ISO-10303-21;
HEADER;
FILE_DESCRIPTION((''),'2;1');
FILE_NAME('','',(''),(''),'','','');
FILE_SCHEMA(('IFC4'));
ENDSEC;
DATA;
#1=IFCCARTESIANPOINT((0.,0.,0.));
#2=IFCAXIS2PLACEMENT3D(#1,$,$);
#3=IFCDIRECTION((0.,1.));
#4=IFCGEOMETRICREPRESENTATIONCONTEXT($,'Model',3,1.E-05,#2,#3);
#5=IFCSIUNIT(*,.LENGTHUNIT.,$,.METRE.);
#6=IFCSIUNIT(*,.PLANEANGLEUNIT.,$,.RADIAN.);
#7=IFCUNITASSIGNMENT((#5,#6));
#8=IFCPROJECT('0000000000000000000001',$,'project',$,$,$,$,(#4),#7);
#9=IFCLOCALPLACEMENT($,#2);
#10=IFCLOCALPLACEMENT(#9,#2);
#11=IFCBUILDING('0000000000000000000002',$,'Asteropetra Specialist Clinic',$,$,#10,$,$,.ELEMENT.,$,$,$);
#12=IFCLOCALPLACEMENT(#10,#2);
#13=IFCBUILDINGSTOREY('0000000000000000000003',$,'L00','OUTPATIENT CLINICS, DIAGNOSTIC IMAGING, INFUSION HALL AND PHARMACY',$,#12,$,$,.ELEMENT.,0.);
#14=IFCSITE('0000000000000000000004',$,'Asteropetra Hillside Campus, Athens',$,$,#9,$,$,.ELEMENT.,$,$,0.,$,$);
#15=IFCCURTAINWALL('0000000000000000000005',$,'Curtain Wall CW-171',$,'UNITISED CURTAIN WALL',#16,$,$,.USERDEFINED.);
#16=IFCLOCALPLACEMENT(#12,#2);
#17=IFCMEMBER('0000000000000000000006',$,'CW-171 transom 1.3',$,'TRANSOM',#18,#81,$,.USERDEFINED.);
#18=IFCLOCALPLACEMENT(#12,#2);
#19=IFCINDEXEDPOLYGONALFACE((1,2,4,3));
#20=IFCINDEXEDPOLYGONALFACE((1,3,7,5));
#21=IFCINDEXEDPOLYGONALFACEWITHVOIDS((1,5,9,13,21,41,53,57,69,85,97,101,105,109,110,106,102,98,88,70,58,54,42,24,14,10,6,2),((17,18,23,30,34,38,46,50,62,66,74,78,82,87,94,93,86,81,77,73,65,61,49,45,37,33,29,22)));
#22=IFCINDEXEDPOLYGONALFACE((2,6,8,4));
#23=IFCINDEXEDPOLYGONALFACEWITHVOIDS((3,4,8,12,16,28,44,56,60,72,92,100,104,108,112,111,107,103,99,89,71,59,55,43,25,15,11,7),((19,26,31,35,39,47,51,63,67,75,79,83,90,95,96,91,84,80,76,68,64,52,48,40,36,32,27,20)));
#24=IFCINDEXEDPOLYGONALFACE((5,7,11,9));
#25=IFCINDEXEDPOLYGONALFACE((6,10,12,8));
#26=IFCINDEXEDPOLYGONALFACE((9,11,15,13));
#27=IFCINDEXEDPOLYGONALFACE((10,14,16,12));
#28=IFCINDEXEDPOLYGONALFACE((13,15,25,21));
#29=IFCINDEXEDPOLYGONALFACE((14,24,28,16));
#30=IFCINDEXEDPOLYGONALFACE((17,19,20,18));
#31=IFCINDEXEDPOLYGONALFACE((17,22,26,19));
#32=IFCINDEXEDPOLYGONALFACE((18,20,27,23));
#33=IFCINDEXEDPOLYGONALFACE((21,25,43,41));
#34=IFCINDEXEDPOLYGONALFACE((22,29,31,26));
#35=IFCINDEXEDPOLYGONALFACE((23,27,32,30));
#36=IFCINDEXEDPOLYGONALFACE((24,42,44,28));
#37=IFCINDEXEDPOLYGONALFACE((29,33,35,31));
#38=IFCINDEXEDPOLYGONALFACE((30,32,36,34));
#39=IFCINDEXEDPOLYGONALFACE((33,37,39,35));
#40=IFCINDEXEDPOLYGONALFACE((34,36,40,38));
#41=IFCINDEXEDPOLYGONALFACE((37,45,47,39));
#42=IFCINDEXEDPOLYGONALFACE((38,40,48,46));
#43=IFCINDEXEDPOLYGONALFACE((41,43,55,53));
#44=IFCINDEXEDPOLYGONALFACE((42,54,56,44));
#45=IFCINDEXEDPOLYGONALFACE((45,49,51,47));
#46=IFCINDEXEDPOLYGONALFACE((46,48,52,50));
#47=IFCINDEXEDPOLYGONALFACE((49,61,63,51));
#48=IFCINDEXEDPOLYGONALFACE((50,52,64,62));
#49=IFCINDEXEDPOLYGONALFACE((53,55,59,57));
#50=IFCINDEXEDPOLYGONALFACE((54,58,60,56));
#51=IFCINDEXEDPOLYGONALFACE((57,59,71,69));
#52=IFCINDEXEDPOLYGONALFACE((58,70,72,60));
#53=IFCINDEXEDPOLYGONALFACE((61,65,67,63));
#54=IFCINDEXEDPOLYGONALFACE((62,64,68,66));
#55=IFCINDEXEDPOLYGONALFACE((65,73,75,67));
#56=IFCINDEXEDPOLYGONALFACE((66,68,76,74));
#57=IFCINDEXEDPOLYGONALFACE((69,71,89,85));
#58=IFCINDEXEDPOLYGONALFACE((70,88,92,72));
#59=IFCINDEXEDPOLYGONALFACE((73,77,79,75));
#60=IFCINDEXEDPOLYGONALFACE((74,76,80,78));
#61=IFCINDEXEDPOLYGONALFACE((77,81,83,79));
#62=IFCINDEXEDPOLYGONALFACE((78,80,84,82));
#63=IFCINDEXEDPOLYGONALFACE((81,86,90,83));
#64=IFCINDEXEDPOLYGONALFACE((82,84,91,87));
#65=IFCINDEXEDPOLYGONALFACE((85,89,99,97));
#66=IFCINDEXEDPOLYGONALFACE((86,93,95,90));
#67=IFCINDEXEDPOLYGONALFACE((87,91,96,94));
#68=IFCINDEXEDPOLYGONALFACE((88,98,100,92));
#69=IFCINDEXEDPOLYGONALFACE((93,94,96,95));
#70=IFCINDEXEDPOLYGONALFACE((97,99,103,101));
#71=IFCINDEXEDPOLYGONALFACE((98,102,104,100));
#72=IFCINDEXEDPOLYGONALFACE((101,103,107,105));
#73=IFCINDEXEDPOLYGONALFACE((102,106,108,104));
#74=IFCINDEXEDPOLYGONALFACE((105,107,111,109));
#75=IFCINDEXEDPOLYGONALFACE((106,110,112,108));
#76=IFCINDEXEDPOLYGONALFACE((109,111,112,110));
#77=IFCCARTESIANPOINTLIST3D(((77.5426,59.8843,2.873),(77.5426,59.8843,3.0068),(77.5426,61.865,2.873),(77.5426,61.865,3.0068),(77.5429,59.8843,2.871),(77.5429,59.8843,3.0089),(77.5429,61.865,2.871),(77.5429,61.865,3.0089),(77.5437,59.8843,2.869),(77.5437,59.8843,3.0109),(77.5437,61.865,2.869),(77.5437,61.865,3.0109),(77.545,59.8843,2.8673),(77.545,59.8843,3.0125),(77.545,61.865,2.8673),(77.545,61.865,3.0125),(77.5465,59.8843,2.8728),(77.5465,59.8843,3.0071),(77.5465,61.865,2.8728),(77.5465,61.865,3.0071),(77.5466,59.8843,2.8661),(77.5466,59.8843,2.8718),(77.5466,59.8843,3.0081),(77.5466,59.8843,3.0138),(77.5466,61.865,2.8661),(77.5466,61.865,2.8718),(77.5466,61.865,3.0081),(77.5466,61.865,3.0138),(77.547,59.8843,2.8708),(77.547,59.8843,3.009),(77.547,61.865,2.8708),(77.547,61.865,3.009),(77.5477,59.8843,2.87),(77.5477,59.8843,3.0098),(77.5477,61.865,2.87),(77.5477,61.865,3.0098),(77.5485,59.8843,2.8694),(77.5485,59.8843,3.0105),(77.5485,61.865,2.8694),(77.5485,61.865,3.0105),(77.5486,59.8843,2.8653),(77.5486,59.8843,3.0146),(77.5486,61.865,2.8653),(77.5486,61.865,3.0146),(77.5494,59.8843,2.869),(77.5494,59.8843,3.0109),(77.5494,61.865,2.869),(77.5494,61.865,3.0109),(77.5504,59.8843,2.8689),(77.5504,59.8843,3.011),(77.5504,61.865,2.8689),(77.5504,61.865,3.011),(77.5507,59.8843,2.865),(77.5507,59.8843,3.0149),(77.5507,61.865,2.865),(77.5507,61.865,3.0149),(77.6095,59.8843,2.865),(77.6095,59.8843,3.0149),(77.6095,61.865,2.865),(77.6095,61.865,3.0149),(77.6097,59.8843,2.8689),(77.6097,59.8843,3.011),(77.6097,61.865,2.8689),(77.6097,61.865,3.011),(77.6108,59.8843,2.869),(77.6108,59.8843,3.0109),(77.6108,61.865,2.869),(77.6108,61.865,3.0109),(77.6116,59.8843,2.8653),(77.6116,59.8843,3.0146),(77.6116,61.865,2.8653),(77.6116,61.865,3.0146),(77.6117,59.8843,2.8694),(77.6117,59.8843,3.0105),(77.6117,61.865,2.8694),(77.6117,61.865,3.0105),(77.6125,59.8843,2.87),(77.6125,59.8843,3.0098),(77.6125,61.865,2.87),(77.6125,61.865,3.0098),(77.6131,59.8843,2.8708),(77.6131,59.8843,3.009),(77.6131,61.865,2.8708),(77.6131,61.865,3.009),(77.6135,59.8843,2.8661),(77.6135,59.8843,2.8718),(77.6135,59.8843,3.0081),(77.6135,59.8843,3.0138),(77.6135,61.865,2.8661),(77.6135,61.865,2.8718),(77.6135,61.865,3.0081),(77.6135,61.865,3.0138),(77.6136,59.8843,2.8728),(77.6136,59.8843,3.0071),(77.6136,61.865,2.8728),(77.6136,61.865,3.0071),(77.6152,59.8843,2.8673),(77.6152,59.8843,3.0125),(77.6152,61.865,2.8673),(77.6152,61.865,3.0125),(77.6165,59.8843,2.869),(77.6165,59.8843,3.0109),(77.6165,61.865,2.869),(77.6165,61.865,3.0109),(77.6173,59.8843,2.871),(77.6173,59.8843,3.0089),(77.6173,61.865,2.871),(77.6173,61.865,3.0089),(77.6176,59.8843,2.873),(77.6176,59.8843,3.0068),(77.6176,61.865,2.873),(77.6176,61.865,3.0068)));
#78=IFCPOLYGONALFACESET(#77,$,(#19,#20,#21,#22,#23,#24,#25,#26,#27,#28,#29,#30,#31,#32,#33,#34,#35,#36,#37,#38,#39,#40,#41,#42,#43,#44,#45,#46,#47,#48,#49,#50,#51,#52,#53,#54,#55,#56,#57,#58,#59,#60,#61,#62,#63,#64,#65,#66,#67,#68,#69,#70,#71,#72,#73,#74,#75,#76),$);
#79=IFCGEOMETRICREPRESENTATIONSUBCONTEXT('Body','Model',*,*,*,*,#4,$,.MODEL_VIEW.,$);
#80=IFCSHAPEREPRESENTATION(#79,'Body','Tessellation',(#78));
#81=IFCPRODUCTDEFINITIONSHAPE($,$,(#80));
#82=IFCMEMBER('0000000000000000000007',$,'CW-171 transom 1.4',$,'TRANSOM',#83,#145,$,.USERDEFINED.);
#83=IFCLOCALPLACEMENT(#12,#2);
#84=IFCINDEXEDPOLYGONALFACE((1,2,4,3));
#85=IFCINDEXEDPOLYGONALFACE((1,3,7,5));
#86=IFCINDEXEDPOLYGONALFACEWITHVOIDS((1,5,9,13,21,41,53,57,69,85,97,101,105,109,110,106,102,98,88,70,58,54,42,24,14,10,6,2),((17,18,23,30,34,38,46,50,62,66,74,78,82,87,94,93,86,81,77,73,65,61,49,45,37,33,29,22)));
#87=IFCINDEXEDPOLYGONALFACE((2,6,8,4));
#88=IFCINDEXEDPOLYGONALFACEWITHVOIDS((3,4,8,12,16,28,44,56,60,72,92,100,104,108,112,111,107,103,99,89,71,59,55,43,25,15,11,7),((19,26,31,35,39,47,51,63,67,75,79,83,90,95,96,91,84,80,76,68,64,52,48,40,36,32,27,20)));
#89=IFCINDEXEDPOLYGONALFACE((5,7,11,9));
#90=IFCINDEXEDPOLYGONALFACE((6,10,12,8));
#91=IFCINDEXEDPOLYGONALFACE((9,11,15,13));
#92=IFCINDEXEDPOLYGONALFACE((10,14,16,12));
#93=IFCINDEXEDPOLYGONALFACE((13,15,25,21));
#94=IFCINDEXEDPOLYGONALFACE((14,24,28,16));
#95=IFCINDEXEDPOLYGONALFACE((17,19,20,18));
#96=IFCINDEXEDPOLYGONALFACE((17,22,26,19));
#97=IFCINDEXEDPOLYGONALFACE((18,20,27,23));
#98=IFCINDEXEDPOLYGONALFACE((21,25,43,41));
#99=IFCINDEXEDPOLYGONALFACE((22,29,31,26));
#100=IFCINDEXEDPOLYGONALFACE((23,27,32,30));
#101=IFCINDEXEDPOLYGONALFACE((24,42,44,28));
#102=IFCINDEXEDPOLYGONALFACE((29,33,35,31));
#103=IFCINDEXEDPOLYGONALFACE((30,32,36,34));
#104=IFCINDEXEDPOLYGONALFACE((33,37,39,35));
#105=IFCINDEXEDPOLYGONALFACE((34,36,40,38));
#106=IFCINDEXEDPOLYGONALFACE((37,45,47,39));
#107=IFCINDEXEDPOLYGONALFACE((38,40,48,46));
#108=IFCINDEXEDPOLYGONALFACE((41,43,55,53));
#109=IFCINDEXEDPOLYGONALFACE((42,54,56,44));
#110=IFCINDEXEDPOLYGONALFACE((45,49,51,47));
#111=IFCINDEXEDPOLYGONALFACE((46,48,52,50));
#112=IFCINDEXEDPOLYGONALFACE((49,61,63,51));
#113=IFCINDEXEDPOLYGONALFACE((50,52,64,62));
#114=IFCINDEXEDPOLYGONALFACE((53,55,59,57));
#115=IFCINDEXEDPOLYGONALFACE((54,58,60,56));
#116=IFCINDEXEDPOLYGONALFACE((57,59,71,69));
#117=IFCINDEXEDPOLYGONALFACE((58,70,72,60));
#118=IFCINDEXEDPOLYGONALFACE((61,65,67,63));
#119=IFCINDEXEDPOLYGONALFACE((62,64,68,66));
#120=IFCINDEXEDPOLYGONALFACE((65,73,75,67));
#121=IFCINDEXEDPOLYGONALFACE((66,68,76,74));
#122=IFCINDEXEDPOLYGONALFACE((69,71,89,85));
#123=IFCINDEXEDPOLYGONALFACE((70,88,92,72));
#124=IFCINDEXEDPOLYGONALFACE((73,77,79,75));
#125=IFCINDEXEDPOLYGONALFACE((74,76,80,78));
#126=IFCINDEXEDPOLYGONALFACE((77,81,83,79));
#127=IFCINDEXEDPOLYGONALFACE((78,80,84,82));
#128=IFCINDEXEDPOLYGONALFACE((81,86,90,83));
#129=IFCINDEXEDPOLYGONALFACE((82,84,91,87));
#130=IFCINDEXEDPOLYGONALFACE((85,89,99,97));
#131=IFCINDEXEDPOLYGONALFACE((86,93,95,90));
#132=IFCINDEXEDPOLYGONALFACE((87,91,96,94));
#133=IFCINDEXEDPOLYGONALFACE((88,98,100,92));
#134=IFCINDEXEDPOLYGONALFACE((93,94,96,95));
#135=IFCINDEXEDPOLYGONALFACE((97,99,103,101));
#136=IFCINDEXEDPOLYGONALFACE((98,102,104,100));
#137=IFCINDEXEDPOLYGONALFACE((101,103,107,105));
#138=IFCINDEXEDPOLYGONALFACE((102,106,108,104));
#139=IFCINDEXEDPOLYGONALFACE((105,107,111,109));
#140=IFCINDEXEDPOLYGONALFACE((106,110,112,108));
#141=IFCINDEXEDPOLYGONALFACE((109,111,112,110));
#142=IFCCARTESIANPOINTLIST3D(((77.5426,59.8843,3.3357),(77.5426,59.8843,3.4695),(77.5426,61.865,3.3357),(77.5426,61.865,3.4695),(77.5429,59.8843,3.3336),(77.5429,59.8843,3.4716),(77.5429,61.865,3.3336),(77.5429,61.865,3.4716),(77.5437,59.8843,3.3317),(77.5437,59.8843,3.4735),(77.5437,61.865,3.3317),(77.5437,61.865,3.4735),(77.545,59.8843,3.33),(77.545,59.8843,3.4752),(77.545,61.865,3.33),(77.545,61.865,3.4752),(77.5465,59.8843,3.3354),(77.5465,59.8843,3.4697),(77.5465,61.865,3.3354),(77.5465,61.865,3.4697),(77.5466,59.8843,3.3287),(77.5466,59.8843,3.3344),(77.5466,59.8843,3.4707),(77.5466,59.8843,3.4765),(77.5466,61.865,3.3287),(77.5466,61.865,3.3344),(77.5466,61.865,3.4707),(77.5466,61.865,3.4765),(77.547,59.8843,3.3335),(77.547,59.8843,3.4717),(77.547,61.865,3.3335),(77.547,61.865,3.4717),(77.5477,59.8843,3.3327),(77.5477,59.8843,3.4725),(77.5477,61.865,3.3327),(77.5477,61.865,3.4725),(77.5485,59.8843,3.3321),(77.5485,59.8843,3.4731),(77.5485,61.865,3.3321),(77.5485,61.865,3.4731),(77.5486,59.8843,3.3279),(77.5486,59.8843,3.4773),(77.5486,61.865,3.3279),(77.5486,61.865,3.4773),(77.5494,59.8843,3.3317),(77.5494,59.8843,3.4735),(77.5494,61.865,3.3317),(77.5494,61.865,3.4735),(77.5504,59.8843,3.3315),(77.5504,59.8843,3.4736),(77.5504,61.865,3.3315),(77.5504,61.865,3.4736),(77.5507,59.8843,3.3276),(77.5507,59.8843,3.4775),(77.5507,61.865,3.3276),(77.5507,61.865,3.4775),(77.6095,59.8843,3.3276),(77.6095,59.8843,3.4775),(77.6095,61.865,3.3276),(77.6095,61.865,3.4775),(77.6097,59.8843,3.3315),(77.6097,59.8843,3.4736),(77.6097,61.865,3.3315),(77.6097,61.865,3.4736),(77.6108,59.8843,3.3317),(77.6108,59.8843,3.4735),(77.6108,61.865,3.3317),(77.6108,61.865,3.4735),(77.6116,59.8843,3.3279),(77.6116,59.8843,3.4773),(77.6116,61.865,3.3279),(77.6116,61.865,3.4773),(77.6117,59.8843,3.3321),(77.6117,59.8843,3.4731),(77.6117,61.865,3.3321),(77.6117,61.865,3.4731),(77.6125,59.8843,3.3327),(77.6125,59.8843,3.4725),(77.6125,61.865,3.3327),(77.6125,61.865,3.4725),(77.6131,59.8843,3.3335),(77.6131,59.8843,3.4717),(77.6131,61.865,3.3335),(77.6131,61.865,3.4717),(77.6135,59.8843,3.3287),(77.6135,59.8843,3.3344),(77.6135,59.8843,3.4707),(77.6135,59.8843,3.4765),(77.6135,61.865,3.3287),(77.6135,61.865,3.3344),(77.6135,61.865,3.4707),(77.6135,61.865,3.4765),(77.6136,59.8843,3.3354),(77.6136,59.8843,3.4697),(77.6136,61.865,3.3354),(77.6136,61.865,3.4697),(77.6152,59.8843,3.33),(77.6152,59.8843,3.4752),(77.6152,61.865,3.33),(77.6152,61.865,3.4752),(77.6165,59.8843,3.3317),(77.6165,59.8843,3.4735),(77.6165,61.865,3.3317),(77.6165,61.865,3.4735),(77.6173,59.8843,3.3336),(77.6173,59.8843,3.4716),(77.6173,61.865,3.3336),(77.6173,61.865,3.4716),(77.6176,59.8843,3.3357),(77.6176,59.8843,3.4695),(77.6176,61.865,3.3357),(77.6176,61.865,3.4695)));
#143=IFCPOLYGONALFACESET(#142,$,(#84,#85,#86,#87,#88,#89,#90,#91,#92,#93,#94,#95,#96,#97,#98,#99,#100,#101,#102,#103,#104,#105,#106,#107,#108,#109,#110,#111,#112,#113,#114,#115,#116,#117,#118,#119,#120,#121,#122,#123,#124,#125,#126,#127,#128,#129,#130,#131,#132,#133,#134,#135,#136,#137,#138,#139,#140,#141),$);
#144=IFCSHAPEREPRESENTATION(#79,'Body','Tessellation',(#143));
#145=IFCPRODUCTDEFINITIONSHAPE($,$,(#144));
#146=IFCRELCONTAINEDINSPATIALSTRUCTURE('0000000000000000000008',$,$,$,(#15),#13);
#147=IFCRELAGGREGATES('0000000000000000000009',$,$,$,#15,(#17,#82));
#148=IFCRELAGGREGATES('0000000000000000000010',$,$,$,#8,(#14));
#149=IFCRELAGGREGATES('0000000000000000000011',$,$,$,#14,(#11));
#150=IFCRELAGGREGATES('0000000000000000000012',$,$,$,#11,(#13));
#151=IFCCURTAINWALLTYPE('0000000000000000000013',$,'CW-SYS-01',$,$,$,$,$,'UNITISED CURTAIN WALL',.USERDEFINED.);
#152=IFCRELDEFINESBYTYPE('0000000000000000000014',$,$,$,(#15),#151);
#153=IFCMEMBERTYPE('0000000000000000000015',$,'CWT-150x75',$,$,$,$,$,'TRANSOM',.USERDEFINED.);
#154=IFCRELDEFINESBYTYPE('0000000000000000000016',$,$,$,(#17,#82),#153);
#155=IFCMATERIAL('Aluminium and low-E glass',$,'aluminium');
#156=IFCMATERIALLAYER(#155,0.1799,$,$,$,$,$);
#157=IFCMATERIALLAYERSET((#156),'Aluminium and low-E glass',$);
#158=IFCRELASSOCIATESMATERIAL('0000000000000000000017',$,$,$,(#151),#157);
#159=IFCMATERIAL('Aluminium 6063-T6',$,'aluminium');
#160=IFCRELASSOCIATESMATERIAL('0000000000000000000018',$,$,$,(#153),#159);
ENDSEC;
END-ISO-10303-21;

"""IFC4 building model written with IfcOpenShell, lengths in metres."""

from ifc_helpers import new_model, si_unit, direction, frame, origin, origin_2d, place, context, subcontext, project, spatial, hollow_rectangle, extrude, material, layer, layer_set, material_profile, profile_set, type_object, element, aggregate, save


model = new_model("IFC4")

# Units and contexts
model_context = context("Model", 3, precision=1e-05, world=origin(), true_north=direction((0.0, 1.0)))
body_context = subcontext(model_context, "Body", "Model", "MODEL_VIEW")
ifc_project = project(units=[si_unit("LENGTHUNIT", "METRE"), si_unit("PLANEANGLEUNIT", "RADIAN")], contexts=[model_context])

# Site, building, storey
site_placement = place(None, origin())
site = spatial("IfcSite", under=ifc_project, at=site_placement, Name="Asteropetra Hillside Campus, Athens", CompositionType="ELEMENT", RefElevation=0.0)
building_placement = place(site_placement, origin())
building = spatial("IfcBuilding", under=site, at=building_placement, Name="Asteropetra Specialist Clinic", CompositionType="ELEMENT")
storey_placement = place(building_placement, origin())
storey = spatial("IfcBuildingStorey", under=building, at=storey_placement, Name="L00", Description="OUTPATIENT CLINICS, DIAGNOSTIC IMAGING, INFUSION HALL AND PHARMACY", CompositionType="ELEMENT", Elevation=0.0)

# Curtain wall, members
ifc_material_1 = material(Name="Aluminium and low-E glass", Category="aluminium")
ifc_layer_1 = layer(ifc_material_1, 0.1799)
ifc_layer_set_1 = layer_set([ifc_layer_1], Name="Aluminium and low-E glass")
curtain_wall_type_1 = type_object("IfcCurtainWallType", Name="CW-SYS-01", ElementType="UNITISED CURTAIN WALL", PredefinedType="USERDEFINED", material=ifc_layer_set_1)
curtain_wall_1_placement = place(storey_placement, origin())
curtain_wall_1 = element("IfcCurtainWall", 1, at=curtain_wall_1_placement, inside=storey, type_object=curtain_wall_type_1, Name="Curtain Wall CW-171", ObjectType="UNITISED CURTAIN WALL", PredefinedType="USERDEFINED")
ifc_material_2 = material(Name="Aluminium 6063-T6", Category="aluminium")
ifc_material_profile_1 = material_profile(ifc_material_2, hollow_rectangle(XDim=0.075, YDim=0.1499, WallThickness=0.0039, InnerFilletRadius=0.0039, OuterFilletRadius=0.0081, at=origin_2d()), Name="TRN 150x75x4.0")
ifc_profile_set_1 = profile_set([ifc_material_profile_1], Name="Aluminium 6063-T6")
member_type_1 = type_object("IfcMemberType", Name="CWT-150x75", ElementType="TRANSOM", PredefinedType="USERDEFINED", material=ifc_profile_set_1)
member_1_placement = place(storey_placement, frame((77.5801, 61.865, 2.9399), z_axis=(0.0, -1.0, 0.0), x_axis=(1.0, 0.0, 0.0)))
member_1 = element("IfcMember", 2, at=member_1_placement, type_object=member_type_1, Name="CW-171 transom 1.3", ObjectType="TRANSOM", PredefinedType="USERDEFINED", context=body_context, shape_type="SweptSolid", body=[
    extrude(hollow_rectangle(XDim=0.075, YDim=0.1499, WallThickness=0.0039, InnerFilletRadius=0.0039, OuterFilletRadius=0.0081, at=origin_2d()), origin(), (0.0, 0.0, 1.0), 1.9807),
])
member_2_placement = place(storey_placement, frame((77.5801, 61.865, 3.4026), z_axis=(0.0, -1.0, 0.0), x_axis=(1.0, 0.0, 0.0)))
member_2 = element("IfcMember", 3, at=member_2_placement, type_object=member_type_1, Name="CW-171 transom 1.4", ObjectType="TRANSOM", PredefinedType="USERDEFINED", context=body_context, shape_type="SweptSolid", body=[
    extrude(hollow_rectangle(XDim=0.075, YDim=0.1499, WallThickness=0.0039, InnerFilletRadius=0.0039, OuterFilletRadius=0.0081, at=origin_2d()), origin(), (0.0, 0.0, 1.0), 1.9807),
])

aggregate(curtain_wall_1, [member_1, member_2])

save(model, "model.ifc")
